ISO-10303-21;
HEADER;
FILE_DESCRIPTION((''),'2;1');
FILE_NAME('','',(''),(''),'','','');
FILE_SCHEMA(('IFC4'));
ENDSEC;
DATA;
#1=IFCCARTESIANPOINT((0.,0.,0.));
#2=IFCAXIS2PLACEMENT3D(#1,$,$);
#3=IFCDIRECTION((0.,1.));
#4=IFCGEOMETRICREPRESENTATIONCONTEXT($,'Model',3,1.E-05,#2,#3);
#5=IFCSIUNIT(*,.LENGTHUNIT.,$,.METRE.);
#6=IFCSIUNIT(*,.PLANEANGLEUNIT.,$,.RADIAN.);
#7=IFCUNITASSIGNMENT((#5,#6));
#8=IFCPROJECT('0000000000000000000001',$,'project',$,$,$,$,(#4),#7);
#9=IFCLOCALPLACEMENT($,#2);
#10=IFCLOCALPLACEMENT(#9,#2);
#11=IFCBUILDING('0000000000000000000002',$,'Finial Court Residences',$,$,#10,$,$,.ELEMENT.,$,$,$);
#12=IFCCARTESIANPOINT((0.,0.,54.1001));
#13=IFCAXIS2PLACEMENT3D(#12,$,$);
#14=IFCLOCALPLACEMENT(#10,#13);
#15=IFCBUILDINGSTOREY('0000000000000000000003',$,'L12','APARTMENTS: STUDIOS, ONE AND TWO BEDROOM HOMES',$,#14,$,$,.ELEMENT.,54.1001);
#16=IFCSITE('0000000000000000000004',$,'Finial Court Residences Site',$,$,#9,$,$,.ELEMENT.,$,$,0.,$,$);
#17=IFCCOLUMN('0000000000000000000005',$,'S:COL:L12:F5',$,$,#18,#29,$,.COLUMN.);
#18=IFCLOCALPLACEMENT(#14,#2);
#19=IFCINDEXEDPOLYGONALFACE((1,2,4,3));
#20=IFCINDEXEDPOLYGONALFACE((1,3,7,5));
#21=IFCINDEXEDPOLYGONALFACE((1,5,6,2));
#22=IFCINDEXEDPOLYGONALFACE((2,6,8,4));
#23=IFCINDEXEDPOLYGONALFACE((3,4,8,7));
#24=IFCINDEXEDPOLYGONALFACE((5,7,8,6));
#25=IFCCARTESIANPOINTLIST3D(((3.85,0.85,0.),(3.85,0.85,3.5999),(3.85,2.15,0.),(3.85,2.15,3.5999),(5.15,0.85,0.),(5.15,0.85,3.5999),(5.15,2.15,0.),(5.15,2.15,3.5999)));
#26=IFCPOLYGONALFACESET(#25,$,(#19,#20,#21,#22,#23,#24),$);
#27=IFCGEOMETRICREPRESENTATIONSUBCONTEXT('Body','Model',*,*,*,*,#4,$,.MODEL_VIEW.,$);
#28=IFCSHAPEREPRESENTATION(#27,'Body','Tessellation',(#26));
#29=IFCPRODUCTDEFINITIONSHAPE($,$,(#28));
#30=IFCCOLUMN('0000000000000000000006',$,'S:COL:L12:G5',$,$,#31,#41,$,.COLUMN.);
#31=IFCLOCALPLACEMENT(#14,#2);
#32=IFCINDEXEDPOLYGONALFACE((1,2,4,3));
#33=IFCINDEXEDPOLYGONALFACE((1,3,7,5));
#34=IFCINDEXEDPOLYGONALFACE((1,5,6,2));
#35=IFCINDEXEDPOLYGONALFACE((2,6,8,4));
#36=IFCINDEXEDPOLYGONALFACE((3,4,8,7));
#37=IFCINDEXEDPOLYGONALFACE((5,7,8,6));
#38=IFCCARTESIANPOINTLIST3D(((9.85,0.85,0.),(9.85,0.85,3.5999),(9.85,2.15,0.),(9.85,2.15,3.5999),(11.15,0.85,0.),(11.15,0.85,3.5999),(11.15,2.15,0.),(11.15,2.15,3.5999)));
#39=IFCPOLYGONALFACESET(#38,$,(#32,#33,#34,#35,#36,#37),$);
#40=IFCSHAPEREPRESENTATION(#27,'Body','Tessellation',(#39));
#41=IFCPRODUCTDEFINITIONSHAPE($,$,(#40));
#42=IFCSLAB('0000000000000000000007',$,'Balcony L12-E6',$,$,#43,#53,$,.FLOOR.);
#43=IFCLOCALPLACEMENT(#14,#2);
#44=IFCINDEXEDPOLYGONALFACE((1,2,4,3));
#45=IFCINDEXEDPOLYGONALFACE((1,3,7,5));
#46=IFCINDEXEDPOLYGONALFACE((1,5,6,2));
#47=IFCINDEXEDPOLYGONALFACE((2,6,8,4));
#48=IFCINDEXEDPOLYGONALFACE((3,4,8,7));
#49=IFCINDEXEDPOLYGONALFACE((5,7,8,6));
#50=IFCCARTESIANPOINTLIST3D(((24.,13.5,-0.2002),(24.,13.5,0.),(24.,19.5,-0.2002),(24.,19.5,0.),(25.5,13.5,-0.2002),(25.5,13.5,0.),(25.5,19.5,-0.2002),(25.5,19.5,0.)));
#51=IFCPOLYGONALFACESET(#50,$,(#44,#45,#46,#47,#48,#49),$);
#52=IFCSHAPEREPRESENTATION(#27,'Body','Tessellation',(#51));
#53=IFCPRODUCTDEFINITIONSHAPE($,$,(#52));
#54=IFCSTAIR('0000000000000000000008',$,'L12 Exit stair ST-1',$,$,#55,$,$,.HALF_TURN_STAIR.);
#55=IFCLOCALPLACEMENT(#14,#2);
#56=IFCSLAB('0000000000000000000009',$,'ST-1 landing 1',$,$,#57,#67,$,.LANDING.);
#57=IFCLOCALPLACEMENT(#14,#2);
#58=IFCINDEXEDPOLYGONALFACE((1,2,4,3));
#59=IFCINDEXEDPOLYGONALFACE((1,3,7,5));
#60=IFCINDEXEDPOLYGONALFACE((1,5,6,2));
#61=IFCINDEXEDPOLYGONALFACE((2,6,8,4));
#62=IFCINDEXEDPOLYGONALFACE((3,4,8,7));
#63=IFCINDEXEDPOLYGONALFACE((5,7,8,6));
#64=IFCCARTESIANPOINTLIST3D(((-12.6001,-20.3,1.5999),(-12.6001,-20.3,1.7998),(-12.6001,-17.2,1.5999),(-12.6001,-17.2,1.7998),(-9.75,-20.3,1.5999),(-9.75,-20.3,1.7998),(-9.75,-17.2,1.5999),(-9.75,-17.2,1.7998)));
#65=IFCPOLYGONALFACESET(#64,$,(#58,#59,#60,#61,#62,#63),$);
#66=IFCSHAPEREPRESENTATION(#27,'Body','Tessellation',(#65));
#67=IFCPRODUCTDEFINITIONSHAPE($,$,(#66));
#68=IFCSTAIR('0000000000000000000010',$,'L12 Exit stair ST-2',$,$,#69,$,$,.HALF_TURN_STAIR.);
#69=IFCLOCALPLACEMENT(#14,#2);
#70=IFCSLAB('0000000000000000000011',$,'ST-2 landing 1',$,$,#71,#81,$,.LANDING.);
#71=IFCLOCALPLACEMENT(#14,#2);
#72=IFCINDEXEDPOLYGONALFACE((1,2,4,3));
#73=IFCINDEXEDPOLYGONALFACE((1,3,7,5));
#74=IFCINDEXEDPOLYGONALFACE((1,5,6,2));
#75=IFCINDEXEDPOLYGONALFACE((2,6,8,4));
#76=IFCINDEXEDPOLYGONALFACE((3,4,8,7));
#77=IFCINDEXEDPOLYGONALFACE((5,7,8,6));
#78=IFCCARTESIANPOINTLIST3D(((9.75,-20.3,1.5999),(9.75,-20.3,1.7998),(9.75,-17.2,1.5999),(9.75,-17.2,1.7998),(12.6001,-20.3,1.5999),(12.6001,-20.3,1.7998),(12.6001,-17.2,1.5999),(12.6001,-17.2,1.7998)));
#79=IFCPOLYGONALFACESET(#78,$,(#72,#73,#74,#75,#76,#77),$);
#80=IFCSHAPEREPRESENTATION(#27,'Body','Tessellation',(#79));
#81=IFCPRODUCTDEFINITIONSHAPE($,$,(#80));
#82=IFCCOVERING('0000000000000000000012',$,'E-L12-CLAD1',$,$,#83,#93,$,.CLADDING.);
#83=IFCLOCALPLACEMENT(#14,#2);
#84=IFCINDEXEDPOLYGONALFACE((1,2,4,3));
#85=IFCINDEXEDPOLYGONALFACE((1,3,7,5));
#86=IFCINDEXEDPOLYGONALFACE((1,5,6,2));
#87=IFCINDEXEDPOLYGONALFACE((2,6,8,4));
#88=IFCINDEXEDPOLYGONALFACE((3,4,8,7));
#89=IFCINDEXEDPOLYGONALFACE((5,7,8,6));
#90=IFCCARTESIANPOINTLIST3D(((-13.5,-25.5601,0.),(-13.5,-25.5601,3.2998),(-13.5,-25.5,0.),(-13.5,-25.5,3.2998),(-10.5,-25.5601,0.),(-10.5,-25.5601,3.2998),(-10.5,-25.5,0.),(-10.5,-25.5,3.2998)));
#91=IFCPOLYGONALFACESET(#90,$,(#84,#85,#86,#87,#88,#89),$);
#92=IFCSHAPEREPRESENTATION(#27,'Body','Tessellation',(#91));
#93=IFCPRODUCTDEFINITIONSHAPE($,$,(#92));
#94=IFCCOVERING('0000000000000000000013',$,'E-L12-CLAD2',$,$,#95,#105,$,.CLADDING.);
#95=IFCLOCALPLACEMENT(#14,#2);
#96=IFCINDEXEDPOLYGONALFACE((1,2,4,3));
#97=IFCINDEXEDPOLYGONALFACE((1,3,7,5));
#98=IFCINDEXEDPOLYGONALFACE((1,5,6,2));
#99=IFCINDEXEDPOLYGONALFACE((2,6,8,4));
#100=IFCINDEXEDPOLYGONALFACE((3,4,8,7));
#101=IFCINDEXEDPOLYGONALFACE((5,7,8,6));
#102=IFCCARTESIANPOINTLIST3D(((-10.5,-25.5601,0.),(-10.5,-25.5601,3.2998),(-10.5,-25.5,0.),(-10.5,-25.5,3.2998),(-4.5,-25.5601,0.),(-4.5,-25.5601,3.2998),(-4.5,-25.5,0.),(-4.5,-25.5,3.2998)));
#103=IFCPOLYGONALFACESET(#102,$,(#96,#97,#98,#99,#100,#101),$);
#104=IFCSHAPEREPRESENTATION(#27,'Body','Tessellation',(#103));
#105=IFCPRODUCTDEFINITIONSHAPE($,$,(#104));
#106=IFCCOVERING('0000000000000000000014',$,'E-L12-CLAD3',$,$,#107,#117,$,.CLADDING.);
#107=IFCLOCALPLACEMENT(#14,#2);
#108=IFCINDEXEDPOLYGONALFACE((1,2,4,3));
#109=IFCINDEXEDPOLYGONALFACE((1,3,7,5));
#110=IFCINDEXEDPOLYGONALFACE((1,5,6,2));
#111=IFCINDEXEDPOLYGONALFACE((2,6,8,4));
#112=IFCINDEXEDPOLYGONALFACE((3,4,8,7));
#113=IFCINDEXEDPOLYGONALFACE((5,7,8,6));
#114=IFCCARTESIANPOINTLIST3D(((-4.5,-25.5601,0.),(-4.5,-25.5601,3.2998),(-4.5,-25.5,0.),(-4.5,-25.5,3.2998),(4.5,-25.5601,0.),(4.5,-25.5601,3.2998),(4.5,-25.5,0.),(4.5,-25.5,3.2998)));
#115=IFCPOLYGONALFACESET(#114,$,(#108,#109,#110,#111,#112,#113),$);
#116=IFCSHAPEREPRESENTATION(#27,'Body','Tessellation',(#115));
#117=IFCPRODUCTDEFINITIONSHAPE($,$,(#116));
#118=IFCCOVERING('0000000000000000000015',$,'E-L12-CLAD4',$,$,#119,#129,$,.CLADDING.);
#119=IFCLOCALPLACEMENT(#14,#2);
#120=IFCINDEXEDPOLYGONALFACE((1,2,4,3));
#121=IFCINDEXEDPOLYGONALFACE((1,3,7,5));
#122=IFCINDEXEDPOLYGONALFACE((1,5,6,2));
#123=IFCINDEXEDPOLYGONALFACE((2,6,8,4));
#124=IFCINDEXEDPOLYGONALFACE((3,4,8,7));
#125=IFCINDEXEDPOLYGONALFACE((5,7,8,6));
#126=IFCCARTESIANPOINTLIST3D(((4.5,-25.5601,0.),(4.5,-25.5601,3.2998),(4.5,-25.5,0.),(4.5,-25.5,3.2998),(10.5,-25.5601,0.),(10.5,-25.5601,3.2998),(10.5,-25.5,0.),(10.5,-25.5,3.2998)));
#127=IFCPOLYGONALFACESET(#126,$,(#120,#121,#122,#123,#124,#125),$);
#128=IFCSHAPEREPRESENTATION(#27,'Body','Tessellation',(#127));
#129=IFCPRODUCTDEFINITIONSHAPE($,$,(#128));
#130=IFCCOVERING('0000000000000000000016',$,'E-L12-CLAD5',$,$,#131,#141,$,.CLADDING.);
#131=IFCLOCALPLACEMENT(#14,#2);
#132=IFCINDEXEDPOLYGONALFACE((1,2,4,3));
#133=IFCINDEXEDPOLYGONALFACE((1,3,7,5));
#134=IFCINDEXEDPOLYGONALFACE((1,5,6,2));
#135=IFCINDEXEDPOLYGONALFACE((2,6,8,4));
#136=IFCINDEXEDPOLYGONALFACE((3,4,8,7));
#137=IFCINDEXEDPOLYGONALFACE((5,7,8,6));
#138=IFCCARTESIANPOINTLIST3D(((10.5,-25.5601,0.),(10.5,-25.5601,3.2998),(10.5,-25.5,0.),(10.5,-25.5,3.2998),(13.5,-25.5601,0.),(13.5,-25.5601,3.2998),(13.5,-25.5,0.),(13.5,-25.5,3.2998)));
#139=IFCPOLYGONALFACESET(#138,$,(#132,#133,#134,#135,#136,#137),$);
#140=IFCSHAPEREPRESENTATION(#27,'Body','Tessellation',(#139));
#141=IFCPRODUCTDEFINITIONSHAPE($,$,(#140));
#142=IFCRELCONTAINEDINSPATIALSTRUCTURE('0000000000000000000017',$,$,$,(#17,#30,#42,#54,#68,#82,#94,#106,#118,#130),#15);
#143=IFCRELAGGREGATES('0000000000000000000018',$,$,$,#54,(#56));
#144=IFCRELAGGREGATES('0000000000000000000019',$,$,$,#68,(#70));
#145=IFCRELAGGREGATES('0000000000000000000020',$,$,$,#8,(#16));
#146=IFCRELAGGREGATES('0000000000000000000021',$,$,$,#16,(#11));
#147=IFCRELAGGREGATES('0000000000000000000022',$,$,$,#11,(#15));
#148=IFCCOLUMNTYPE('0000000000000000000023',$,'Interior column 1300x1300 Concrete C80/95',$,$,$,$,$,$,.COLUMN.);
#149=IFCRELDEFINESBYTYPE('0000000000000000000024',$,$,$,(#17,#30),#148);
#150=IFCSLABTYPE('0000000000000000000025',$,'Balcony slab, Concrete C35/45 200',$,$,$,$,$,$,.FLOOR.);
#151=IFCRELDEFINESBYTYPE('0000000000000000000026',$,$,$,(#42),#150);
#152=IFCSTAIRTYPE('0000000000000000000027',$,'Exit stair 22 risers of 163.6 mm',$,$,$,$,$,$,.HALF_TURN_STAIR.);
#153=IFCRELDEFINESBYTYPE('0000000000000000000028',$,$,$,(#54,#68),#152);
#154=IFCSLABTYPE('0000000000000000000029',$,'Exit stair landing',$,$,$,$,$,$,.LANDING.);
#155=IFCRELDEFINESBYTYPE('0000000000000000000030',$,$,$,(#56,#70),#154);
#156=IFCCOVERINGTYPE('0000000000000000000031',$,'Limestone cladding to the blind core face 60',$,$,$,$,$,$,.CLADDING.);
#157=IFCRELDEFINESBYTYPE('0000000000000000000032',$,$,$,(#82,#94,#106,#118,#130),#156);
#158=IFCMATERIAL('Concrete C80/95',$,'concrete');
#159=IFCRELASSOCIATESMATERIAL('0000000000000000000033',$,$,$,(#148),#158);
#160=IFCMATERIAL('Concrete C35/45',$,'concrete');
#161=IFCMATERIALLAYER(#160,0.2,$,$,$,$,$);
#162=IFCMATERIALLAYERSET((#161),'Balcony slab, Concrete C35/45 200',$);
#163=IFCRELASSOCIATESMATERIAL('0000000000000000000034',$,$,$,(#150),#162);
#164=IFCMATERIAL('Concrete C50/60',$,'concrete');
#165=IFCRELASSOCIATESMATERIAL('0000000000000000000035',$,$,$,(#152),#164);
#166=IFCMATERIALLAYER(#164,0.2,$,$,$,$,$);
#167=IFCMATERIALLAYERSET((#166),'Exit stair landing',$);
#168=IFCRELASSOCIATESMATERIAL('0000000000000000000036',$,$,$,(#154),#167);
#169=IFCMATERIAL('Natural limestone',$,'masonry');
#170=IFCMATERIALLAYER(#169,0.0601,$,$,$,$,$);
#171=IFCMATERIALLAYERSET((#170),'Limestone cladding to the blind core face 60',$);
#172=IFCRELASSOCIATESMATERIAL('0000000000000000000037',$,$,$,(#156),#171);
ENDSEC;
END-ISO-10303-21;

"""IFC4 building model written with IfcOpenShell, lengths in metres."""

from ifc_helpers import new_model, si_unit, direction, frame, origin, origin_2d, place, context, subcontext, project, spatial, polyline, rectangle, outline, extrude, material, layer, layer_set, material_profile, profile_set, type_object, element, aggregate, save


model = new_model("IFC4")

# Units and contexts
model_context = context("Model", 3, precision=1e-05, world=origin(), true_north=direction((0.0, 1.0)))
body_context = subcontext(model_context, "Body", "Model", "MODEL_VIEW")
ifc_project = project(units=[si_unit("LENGTHUNIT", "METRE"), si_unit("PLANEANGLEUNIT", "RADIAN")], contexts=[model_context])

# Site, building, storey
site_placement = place(None, origin())
site = spatial("IfcSite", under=ifc_project, at=site_placement, Name="Finial Court Residences Site", CompositionType="ELEMENT", RefElevation=0.0)
building_placement = place(site_placement, origin())
building = spatial("IfcBuilding", under=site, at=building_placement, Name="Finial Court Residences", CompositionType="ELEMENT")
storey_placement = place(building_placement, frame((0.0, 0.0, 54.1001)))
storey = spatial("IfcBuildingStorey", under=building, at=storey_placement, Name="L12", Description="APARTMENTS: STUDIOS, ONE AND TWO BEDROOM HOMES", CompositionType="ELEMENT", Elevation=54.1001)

# Columns
ifc_material_1 = material(Name="Concrete C80/95", Category="concrete")
ifc_material_profile = material_profile(ifc_material_1, rectangle(XDim=1.3, YDim=1.3, at=origin_2d()), Name="1300x1300")
ifc_profile_set = profile_set([ifc_material_profile], Name="Concrete C80/95")
column_type = type_object("IfcColumnType", Name="Interior column 1300x1300 Concrete C80/95", PredefinedType="COLUMN", material=ifc_profile_set)
for number, where, z_axis, x_axis, name in (
    (1, (4.5, 1.5, 0.0), (0.0, 0.0, 1.0), (1.0, 0.0, 0.0), "S:COL:L12:F5"),
    (2, (10.5, 1.5, 0.0), (0.0, 0.0, 1.0), (1.0, 0.0, 0.0), "S:COL:L12:G5"),
):
    element("IfcColumn", number, at=place(storey_placement, frame(where, z_axis=z_axis, x_axis=x_axis)), inside=storey, type_object=column_type, Name=name, PredefinedType="COLUMN", context=body_context, shape_type="SweptSolid", body=[
        extrude(rectangle(XDim=1.3, YDim=1.3, at=origin_2d()), origin(), (0.0, 0.0, 1.0), 3.5999),
    ])

# Slab
ifc_material_2 = material(Name="Concrete C35/45", Category="concrete")
ifc_layer_1 = layer(ifc_material_2, 0.2)
ifc_layer_set_1 = layer_set([ifc_layer_1], Name="Balcony slab, Concrete C35/45 200")
slab_type_1 = type_object("IfcSlabType", Name="Balcony slab, Concrete C35/45 200", PredefinedType="FLOOR", material=ifc_layer_set_1)
slab_1_placement = place(storey_placement, frame((0.0, 0.0, -0.2002)))
element("IfcSlab", 3, at=slab_1_placement, inside=storey, type_object=slab_type_1, Name="Balcony L12-E6", PredefinedType="FLOOR", context=body_context, shape_type="SweptSolid", body=[
    extrude(outline(polyline([(25.5, 13.5), (25.5, 19.5), (24.0, 19.5), (24.0, 13.5), (25.5, 13.5)])), origin(), (0.0, 0.0, 1.0), 0.2002),
])

# Stairs, slabs
ifc_material_3 = material(Name="Concrete C50/60", Category="concrete")
stair_type = type_object("IfcStairType", Name="Exit stair 22 risers of 163.6 mm", PredefinedType="HALF_TURN_STAIR", material=ifc_material_3)
stair_1_placement = place(storey_placement, origin())
stair_1 = element("IfcStair", 4, at=stair_1_placement, inside=storey, type_object=stair_type, Name="L12 Exit stair ST-1", PredefinedType="HALF_TURN_STAIR")
ifc_layer_2 = layer(ifc_material_3, 0.2)
ifc_layer_set_2 = layer_set([ifc_layer_2], Name="Exit stair landing")
slab_type_2 = type_object("IfcSlabType", Name="Exit stair landing", PredefinedType="LANDING", material=ifc_layer_set_2)
slab_2_placement = place(storey_placement, frame((0.0, 0.0, 1.5999)))
slab_2 = element("IfcSlab", 5, at=slab_2_placement, type_object=slab_type_2, Name="ST-1 landing 1", PredefinedType="LANDING", context=body_context, shape_type="SweptSolid", body=[
    extrude(outline(polyline([(-9.75, -20.3), (-9.75, -17.2), (-12.6001, -17.2), (-12.6001, -20.3), (-9.75, -20.3)])), origin(), (0.0, 0.0, 1.0), 0.2),
])
aggregate(stair_1, [slab_2])
stair_2_placement = place(storey_placement, origin())
stair_2 = element("IfcStair", 6, at=stair_2_placement, inside=storey, type_object=stair_type, Name="L12 Exit stair ST-2", PredefinedType="HALF_TURN_STAIR")
slab_3_placement = place(storey_placement, frame((0.0, 0.0, 1.5999)))
slab_3 = element("IfcSlab", 7, at=slab_3_placement, type_object=slab_type_2, Name="ST-2 landing 1", PredefinedType="LANDING", context=body_context, shape_type="SweptSolid", body=[
    extrude(outline(polyline([(12.6001, -20.3), (12.6001, -17.2), (9.75, -17.2), (9.75, -20.3), (12.6001, -20.3)])), origin(), (0.0, 0.0, 1.0), 0.2),
])
aggregate(stair_2, [slab_3])

# Coverings
ifc_material_4 = material(Name="Natural limestone", Category="masonry")
ifc_layer_3 = layer(ifc_material_4, 0.0601)
ifc_layer_set_3 = layer_set([ifc_layer_3], Name="Limestone cladding to the blind core face 60")
covering_type_1 = type_object("IfcCoveringType", Name="Limestone cladding to the blind core face 60", PredefinedType="CLADDING", material=ifc_layer_set_3)
covering_1_placement = place(storey_placement, origin())
element("IfcCovering", 8, at=covering_1_placement, inside=storey, type_object=covering_type_1, Name="E-L12-CLAD1", PredefinedType="CLADDING", context=body_context, shape_type="SweptSolid", body=[
    extrude(outline(polyline([(-10.5, -25.5601), (-10.5, -25.5), (-13.5, -25.5), (-13.5, -25.5601), (-10.5, -25.5601)])), origin(), (0.0, 0.0, 1.0), 3.2998),
])
covering_2_placement = place(storey_placement, origin())
element("IfcCovering", 9, at=covering_2_placement, inside=storey, type_object=covering_type_1, Name="E-L12-CLAD2", PredefinedType="CLADDING", context=body_context, shape_type="SweptSolid", body=[
    extrude(outline(polyline([(-4.5, -25.5601), (-4.5, -25.5), (-10.5, -25.5), (-10.5, -25.5601), (-4.5, -25.5601)])), origin(), (0.0, 0.0, 1.0), 3.2998),
])
covering_3_placement = place(storey_placement, origin())
element("IfcCovering", 10, at=covering_3_placement, inside=storey, type_object=covering_type_1, Name="E-L12-CLAD3", PredefinedType="CLADDING", context=body_context, shape_type="SweptSolid", body=[
    extrude(outline(polyline([(4.5, -25.5601), (4.5, -25.5), (-4.5, -25.5), (-4.5, -25.5601), (4.5, -25.5601)])), origin(), (0.0, 0.0, 1.0), 3.2998),
])
covering_4_placement = place(storey_placement, origin())
element("IfcCovering", 11, at=covering_4_placement, inside=storey, type_object=covering_type_1, Name="E-L12-CLAD4", PredefinedType="CLADDING", context=body_context, shape_type="SweptSolid", body=[
    extrude(outline(polyline([(10.5, -25.5601), (10.5, -25.5), (4.5, -25.5), (4.5, -25.5601), (10.5, -25.5601)])), origin(), (0.0, 0.0, 1.0), 3.2998),
])
covering_5_placement = place(storey_placement, origin())
element("IfcCovering", 12, at=covering_5_placement, inside=storey, type_object=covering_type_1, Name="E-L12-CLAD5", PredefinedType="CLADDING", context=body_context, shape_type="SweptSolid", body=[
    extrude(outline(polyline([(13.5, -25.5601), (13.5, -25.5), (10.5, -25.5), (10.5, -25.5601), (13.5, -25.5601)])), origin(), (0.0, 0.0, 1.0), 3.2998),
])

save(model, "model.ifc")
